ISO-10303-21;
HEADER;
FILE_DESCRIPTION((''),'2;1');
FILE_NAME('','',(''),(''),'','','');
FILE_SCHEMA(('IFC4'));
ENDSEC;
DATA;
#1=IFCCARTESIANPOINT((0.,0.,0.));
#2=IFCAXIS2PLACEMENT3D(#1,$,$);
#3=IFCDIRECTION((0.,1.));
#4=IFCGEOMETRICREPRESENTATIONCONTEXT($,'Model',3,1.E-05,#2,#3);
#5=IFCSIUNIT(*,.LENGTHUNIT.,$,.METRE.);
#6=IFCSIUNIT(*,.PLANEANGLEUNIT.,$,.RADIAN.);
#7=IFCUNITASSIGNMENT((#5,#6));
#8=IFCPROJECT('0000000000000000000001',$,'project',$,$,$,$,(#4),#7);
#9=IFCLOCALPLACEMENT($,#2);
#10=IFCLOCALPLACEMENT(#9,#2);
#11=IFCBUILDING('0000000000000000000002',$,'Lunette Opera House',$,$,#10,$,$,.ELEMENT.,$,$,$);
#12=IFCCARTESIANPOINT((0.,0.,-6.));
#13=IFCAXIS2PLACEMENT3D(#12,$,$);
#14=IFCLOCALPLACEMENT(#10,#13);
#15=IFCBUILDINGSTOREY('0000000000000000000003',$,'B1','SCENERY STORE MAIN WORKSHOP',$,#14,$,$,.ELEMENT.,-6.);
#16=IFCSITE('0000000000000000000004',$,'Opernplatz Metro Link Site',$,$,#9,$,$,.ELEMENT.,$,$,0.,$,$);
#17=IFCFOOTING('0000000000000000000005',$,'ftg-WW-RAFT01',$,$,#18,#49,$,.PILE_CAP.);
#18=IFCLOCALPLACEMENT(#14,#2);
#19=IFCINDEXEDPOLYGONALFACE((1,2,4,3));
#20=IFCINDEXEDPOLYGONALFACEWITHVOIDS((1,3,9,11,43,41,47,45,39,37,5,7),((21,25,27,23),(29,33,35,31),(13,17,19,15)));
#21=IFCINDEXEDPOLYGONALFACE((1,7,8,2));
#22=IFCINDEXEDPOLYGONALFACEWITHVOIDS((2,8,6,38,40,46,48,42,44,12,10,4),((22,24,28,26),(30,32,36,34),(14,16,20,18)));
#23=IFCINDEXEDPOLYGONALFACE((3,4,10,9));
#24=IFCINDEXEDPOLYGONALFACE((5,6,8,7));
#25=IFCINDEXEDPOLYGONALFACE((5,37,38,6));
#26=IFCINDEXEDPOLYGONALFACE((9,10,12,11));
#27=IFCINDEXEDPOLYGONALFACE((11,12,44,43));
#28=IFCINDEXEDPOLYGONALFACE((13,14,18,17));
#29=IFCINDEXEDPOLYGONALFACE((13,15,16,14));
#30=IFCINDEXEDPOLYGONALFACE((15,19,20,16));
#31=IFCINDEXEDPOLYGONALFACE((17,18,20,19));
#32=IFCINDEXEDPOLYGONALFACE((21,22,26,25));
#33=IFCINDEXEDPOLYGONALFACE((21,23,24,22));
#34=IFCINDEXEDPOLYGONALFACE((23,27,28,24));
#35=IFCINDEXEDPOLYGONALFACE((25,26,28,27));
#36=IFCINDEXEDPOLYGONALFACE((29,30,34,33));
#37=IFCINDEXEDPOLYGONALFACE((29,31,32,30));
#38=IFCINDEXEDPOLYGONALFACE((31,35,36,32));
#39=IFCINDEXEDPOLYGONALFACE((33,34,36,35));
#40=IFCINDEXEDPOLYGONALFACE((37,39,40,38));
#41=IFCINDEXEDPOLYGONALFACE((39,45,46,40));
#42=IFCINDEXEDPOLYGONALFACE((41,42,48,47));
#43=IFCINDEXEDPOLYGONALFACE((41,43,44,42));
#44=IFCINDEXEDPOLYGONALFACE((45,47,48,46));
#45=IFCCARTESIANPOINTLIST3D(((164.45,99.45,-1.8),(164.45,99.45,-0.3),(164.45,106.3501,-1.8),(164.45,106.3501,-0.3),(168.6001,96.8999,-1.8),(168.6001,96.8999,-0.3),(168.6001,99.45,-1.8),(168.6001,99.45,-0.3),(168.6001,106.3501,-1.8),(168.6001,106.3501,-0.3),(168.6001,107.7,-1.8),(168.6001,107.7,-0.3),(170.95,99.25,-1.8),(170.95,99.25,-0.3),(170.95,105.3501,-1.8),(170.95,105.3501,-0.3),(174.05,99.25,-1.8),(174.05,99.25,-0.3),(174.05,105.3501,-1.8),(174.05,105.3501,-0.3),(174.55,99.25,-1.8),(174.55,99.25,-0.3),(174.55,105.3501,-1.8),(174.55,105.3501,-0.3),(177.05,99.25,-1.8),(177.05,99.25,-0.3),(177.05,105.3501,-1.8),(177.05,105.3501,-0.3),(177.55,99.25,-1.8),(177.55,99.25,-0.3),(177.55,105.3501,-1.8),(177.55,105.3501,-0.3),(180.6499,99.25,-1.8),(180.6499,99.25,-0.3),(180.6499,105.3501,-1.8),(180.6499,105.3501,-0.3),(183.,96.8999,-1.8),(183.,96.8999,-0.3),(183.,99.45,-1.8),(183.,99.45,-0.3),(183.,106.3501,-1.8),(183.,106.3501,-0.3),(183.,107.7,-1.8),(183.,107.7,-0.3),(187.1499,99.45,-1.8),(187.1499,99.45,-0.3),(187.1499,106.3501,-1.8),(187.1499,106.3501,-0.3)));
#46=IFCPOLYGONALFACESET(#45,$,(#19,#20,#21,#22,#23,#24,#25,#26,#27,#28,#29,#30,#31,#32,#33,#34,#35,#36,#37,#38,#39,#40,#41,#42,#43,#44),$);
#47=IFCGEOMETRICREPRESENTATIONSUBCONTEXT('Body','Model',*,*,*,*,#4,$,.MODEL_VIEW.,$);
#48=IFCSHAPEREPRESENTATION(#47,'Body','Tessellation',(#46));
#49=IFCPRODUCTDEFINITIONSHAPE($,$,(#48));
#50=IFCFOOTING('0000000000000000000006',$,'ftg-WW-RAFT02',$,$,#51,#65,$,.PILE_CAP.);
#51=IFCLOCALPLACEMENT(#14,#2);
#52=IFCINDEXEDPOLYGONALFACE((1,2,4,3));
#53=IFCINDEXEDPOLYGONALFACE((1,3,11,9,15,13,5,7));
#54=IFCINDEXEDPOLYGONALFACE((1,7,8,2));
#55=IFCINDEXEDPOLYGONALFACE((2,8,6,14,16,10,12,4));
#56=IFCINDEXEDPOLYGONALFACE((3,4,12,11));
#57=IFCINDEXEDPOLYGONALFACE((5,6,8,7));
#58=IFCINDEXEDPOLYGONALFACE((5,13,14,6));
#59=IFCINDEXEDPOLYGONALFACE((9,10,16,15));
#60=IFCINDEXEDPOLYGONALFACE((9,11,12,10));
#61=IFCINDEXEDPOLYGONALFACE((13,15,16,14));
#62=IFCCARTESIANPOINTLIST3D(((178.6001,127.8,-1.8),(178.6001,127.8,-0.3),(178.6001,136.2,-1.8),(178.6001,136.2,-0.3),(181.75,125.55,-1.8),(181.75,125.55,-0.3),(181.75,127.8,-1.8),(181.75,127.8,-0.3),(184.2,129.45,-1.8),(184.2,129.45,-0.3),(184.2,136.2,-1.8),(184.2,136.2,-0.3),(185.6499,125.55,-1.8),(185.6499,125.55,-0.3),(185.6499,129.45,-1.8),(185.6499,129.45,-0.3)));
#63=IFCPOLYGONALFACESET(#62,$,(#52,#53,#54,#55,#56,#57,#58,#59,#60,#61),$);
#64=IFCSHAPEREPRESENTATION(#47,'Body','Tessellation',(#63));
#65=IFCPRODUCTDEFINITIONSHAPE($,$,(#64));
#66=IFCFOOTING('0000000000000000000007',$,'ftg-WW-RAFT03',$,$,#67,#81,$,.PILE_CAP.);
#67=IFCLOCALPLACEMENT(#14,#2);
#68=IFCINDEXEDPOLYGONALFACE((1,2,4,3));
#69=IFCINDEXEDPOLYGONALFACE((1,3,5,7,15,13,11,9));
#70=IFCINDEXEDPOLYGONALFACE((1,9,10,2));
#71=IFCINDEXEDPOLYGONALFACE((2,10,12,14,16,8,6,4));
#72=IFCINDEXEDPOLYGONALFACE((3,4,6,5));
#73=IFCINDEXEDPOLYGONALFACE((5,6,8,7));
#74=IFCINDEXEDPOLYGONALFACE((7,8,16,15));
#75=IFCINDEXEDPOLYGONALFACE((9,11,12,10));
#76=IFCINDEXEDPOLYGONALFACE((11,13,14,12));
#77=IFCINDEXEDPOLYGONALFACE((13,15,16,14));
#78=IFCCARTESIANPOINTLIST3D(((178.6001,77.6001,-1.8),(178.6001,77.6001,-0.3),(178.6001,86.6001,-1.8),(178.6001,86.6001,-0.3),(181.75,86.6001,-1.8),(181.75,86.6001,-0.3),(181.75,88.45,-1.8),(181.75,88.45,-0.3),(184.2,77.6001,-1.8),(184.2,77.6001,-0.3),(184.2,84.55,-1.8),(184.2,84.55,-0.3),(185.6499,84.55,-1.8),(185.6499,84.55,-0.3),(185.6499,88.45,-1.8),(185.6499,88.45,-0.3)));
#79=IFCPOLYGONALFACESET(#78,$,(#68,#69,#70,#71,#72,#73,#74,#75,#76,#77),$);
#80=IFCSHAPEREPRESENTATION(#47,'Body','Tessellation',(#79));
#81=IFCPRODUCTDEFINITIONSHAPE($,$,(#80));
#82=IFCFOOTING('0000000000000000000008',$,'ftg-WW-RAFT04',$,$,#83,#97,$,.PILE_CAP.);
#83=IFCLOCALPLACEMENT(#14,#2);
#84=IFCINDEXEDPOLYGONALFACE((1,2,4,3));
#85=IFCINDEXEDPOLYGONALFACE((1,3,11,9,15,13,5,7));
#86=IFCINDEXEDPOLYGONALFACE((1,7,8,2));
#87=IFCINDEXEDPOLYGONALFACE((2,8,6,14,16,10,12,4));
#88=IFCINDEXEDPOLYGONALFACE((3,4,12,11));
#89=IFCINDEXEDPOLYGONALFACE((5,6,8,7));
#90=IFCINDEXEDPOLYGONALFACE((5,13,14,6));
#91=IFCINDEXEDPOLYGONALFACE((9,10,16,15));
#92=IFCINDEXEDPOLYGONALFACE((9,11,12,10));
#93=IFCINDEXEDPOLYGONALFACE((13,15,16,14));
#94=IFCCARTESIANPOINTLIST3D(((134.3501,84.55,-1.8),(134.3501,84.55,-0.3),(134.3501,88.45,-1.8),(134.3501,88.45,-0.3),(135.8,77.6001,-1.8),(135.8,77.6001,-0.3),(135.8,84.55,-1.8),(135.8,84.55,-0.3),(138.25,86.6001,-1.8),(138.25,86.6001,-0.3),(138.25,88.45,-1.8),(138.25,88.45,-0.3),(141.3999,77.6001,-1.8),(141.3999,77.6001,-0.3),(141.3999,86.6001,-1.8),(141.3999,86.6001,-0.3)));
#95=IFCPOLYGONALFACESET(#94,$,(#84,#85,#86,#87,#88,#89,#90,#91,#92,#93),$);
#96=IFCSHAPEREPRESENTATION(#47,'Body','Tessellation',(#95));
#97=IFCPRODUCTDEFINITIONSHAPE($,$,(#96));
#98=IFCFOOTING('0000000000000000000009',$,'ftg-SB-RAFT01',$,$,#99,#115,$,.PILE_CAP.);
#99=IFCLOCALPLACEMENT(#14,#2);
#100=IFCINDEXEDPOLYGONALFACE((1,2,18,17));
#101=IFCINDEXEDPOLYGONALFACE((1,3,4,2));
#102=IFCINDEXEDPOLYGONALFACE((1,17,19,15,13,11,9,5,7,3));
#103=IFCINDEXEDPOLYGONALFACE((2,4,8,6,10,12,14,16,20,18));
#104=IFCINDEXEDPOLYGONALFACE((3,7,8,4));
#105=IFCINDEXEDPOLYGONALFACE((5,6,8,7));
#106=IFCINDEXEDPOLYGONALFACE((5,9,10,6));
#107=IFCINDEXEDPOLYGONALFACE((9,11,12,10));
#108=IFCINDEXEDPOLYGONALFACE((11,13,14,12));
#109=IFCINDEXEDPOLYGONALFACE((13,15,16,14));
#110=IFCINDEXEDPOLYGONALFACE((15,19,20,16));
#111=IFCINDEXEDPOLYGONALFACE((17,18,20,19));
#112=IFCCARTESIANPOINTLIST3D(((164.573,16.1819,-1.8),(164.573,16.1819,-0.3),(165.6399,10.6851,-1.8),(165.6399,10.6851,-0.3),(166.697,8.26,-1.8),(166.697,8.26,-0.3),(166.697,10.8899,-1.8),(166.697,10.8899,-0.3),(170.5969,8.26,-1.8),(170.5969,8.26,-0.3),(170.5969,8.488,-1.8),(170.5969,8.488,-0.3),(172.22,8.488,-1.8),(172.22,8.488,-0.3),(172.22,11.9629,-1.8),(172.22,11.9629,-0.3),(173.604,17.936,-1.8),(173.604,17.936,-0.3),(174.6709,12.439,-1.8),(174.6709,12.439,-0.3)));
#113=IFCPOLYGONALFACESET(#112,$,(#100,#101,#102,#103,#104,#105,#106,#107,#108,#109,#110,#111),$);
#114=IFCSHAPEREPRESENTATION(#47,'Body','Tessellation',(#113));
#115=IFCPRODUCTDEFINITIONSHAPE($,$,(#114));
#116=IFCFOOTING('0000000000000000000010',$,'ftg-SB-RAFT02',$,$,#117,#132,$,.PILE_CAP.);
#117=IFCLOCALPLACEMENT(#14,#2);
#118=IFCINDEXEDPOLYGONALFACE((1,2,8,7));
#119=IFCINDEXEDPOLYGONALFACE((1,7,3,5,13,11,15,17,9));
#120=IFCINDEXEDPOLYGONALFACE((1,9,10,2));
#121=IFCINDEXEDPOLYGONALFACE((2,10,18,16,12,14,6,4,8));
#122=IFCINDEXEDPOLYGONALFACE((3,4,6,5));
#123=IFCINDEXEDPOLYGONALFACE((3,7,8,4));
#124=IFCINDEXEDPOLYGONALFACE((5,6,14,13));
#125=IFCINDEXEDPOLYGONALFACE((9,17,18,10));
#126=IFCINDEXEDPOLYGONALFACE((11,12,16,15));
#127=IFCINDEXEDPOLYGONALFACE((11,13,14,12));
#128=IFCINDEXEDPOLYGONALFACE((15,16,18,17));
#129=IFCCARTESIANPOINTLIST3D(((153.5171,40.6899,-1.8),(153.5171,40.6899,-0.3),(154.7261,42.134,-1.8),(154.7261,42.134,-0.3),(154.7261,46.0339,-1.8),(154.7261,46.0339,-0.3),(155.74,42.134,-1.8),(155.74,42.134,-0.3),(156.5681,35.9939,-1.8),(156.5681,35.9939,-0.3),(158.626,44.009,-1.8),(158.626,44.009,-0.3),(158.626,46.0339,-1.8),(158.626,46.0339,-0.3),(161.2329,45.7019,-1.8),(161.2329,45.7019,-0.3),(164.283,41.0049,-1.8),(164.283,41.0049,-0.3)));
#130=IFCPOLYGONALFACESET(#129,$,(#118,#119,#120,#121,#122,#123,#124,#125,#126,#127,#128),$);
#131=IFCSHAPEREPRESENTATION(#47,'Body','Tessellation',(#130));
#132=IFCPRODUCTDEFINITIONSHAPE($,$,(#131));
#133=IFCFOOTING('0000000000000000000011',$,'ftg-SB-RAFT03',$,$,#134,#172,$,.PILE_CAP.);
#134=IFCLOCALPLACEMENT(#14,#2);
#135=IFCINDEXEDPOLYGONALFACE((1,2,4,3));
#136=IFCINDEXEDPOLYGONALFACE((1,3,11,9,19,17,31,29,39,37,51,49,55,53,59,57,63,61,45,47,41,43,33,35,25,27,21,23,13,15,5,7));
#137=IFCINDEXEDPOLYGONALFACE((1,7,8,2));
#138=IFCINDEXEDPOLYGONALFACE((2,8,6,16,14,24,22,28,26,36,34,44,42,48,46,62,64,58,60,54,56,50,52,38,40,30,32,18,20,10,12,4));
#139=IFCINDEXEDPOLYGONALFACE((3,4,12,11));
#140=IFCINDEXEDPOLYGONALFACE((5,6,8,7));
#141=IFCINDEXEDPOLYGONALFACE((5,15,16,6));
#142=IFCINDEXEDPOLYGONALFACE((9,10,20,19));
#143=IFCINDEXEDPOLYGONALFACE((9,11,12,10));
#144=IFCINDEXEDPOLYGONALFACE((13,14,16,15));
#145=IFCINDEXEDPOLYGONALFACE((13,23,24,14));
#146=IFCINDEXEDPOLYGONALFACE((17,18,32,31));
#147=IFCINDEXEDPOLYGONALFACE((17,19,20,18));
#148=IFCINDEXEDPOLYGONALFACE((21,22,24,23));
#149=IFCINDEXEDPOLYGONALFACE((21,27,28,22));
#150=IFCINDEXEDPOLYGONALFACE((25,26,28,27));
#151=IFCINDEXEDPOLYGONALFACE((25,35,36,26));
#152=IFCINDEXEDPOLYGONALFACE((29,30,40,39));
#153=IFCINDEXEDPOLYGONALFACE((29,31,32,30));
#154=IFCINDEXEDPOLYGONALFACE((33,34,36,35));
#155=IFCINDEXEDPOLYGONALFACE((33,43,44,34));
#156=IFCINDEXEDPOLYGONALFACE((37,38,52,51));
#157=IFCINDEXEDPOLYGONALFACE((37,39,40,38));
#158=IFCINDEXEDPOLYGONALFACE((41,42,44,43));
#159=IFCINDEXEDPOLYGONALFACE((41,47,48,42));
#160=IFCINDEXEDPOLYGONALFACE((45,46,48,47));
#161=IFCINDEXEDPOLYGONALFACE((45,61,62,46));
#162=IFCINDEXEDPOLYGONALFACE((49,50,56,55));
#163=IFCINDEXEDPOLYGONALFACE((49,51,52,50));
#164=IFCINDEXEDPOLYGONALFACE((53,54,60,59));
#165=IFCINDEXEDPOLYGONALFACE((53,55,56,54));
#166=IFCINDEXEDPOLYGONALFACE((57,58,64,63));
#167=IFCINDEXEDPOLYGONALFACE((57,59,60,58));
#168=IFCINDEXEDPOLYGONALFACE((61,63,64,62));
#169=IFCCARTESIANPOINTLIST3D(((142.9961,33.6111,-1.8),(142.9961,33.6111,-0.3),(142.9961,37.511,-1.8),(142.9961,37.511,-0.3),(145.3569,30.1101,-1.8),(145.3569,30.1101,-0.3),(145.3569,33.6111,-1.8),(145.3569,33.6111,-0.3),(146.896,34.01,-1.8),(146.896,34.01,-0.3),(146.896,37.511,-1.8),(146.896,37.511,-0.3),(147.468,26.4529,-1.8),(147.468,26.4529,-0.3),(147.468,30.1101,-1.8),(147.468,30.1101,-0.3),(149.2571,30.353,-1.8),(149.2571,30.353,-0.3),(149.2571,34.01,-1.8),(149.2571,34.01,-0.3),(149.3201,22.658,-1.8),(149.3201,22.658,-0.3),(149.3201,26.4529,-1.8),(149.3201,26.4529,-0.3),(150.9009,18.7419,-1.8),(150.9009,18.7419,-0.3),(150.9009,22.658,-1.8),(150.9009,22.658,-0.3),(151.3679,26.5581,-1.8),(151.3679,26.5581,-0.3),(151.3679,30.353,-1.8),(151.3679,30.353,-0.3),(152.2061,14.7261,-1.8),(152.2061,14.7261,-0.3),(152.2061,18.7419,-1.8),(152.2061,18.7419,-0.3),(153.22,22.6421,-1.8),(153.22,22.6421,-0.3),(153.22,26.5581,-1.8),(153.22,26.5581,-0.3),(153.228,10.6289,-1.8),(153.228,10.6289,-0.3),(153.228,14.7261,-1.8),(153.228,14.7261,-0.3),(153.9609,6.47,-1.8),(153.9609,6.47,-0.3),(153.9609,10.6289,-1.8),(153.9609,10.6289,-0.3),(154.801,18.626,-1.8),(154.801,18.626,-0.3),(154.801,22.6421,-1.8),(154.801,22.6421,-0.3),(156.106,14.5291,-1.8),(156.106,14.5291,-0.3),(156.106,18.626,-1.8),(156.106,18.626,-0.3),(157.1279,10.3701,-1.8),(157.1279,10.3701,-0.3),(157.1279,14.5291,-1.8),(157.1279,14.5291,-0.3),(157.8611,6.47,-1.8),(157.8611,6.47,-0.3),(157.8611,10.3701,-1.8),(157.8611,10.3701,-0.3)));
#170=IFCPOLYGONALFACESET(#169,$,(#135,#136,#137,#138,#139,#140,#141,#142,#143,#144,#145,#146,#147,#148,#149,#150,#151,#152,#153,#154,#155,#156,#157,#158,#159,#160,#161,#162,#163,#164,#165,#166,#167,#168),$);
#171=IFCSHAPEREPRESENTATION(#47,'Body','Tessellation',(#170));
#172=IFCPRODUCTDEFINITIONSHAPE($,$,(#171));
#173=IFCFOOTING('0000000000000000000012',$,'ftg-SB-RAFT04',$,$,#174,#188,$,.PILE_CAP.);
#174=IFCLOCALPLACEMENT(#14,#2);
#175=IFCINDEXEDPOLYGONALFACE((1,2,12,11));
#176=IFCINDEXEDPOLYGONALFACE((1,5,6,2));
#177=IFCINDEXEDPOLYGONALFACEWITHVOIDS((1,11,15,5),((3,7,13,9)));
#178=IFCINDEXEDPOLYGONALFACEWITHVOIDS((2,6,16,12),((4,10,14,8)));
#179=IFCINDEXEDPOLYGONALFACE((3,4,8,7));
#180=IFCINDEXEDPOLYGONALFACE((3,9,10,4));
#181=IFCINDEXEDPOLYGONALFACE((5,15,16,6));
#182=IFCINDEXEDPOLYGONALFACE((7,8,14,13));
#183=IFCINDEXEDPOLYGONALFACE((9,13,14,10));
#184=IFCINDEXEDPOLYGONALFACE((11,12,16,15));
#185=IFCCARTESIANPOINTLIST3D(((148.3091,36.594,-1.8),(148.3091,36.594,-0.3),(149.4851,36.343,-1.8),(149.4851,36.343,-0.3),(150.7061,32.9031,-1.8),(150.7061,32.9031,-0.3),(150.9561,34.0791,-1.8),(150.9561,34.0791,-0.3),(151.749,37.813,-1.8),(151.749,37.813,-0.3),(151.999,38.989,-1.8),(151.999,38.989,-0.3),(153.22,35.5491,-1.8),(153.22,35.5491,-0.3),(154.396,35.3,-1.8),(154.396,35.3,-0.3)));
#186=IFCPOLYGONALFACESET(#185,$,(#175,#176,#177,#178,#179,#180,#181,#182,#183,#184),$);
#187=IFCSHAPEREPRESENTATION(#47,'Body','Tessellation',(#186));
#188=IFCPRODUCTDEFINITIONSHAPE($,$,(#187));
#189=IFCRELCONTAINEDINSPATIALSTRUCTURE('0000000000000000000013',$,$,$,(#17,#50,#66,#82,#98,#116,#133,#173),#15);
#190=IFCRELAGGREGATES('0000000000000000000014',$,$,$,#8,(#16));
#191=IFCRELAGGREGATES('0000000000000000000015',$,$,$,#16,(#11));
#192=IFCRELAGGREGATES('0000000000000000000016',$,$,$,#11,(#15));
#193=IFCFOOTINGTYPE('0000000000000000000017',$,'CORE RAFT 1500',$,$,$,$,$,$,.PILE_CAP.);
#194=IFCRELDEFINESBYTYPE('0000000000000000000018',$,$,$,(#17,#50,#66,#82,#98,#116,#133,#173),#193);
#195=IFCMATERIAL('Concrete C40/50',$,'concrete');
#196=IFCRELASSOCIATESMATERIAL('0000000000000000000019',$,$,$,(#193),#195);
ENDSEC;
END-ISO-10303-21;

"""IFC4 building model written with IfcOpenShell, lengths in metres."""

from ifc_helpers import new_model, si_unit, direction, frame, origin, place, context, subcontext, project, spatial, polyline, outline, extrude, material, type_object, element, save


model = new_model("IFC4")

# Units and contexts
model_context = context("Model", 3, precision=1e-05, world=origin(), true_north=direction((0.0, 1.0)))
body_context = subcontext(model_context, "Body", "Model", "MODEL_VIEW")
ifc_project = project(units=[si_unit("LENGTHUNIT", "METRE"), si_unit("PLANEANGLEUNIT", "RADIAN")], contexts=[model_context])

# Site, building, storey
site_placement = place(None, origin())
site = spatial("IfcSite", under=ifc_project, at=site_placement, Name="Opernplatz Metro Link Site", CompositionType="ELEMENT", RefElevation=0.0)
building_placement = place(site_placement, origin())
building = spatial("IfcBuilding", under=site, at=building_placement, Name="Lunette Opera House", CompositionType="ELEMENT")
storey_placement = place(building_placement, frame((0.0, 0.0, -6.0)))
storey = spatial("IfcBuildingStorey", under=building, at=storey_placement, Name="B1", Description="SCENERY STORE MAIN WORKSHOP", CompositionType="ELEMENT", Elevation=-6.0)

# Footings
ifc_material_1 = material(Name="Concrete C40/50", Category="concrete")
footing_type_1 = type_object("IfcFootingType", Name="CORE RAFT 1500", PredefinedType="PILE_CAP", material=ifc_material_1)
footing_1_placement = place(storey_placement, frame((0.0, 0.0, -1.8)))
element("IfcFooting", 1, at=footing_1_placement, inside=storey, type_object=footing_type_1, Name="ftg-WW-RAFT01", PredefinedType="PILE_CAP", context=body_context, shape_type="SweptSolid", body=[
    extrude(outline(polyline([(168.6001, 106.3501), (164.45, 106.3501), (164.45, 99.45), (168.6001, 99.45), (168.6001, 96.8999), (183.0, 96.8999), (183.0, 99.45), (187.1499, 99.45), (187.1499, 106.3501), (183.0, 106.3501), (183.0, 107.7), (168.6001, 107.7), (168.6001, 106.3501)]), holes=[polyline([(174.05, 99.25), (170.95, 99.25), (170.95, 105.3501), (174.05, 105.3501), (174.05, 99.25)]), polyline([(174.55, 105.3501), (177.05, 105.3501), (177.05, 99.25), (174.55, 99.25), (174.55, 105.3501)]), polyline([(177.55, 105.3501), (180.6499, 105.3501), (180.6499, 99.25), (177.55, 99.25), (177.55, 105.3501)])]), origin(), (0.0, 0.0, 1.0), 1.5),
])
footing_2_placement = place(storey_placement, frame((0.0, 0.0, -1.8)))
element("IfcFooting", 2, at=footing_2_placement, inside=storey, type_object=footing_type_1, Name="ftg-WW-RAFT02", PredefinedType="PILE_CAP", context=body_context, shape_type="SweptSolid", body=[
    extrude(outline(polyline([(178.6001, 136.2), (178.6001, 127.8), (181.75, 127.8), (181.75, 125.55), (185.6499, 125.55), (185.6499, 129.45), (184.2, 129.45), (184.2, 136.2), (178.6001, 136.2)])), origin(), (0.0, 0.0, 1.0), 1.5),
])
footing_3_placement = place(storey_placement, frame((0.0, 0.0, -1.8)))
element("IfcFooting", 3, at=footing_3_placement, inside=storey, type_object=footing_type_1, Name="ftg-WW-RAFT03", PredefinedType="PILE_CAP", context=body_context, shape_type="SweptSolid", body=[
    extrude(outline(polyline([(181.75, 88.45), (181.75, 86.6001), (178.6001, 86.6001), (178.6001, 77.6001), (184.2, 77.6001), (184.2, 84.55), (185.6499, 84.55), (185.6499, 88.45), (181.75, 88.45)])), origin(), (0.0, 0.0, 1.0), 1.5),
])
footing_4_placement = place(storey_placement, frame((0.0, 0.0, -1.8)))
element("IfcFooting", 4, at=footing_4_placement, inside=storey, type_object=footing_type_1, Name="ftg-WW-RAFT04", PredefinedType="PILE_CAP", context=body_context, shape_type="SweptSolid", body=[
    extrude(outline(polyline([(134.3501, 84.55), (135.8, 84.55), (135.8, 77.6001), (141.3999, 77.6001), (141.3999, 86.6001), (138.25, 86.6001), (138.25, 88.45), (134.3501, 88.45), (134.3501, 84.55)])), origin(), (0.0, 0.0, 1.0), 1.5),
])
footing_5_placement = place(storey_placement, frame((0.0, 0.0, -1.8)))
element("IfcFooting", 5, at=footing_5_placement, inside=storey, type_object=footing_type_1, Name="ftg-SB-RAFT01", PredefinedType="PILE_CAP", context=body_context, shape_type="SweptSolid", body=[
    extrude(outline(polyline([(170.5969, 8.26), (170.5969, 8.488), (172.22, 8.488), (172.22, 11.9629), (174.6709, 12.439), (173.604, 17.936), (164.573, 16.1819), (165.6399, 10.6851), (166.697, 10.8899), (166.697, 8.26), (170.5969, 8.26)])), origin(), (0.0, 0.0, 1.0), 1.5),
])
footing_6_placement = place(storey_placement, frame((0.0, 0.0, -1.8)))
element("IfcFooting", 6, at=footing_6_placement, inside=storey, type_object=footing_type_1, Name="ftg-SB-RAFT02", PredefinedType="PILE_CAP", context=body_context, shape_type="SweptSolid", body=[
    extrude(outline(polyline([(158.626, 46.0339), (154.7261, 46.0339), (154.7261, 42.134), (155.74, 42.134), (153.5171, 40.6899), (156.5681, 35.9939), (164.283, 41.0049), (161.2329, 45.7019), (158.626, 44.009), (158.626, 46.0339)])), origin(), (0.0, 0.0, 1.0), 1.5),
])
footing_7_placement = place(storey_placement, frame((0.0, 0.0, -1.8)))
element("IfcFooting", 7, at=footing_7_placement, inside=storey, type_object=footing_type_1, Name="ftg-SB-RAFT03", PredefinedType="PILE_CAP", context=body_context, shape_type="SweptSolid", body=[
    extrude(outline(polyline([(149.2571, 34.01), (146.896, 34.01), (146.896, 37.511), (142.9961, 37.511), (142.9961, 33.6111), (145.3569, 33.6111), (145.3569, 30.1101), (147.468, 30.1101), (147.468, 26.4529), (149.3201, 26.4529), (149.3201, 22.658), (150.9009, 22.658), (150.9009, 18.7419), (152.2061, 18.7419), (152.2061, 14.7261), (153.228, 14.7261), (153.228, 10.6289), (153.9609, 10.6289), (153.9609, 6.47), (157.8611, 6.47), (157.8611, 10.3701), (157.1279, 10.3701), (157.1279, 14.5291), (156.106, 14.5291), (156.106, 18.626), (154.801, 18.626), (154.801, 22.6421), (153.22, 22.6421), (153.22, 26.5581), (151.3679, 26.5581), (151.3679, 30.353), (149.2571, 30.353), (149.2571, 34.01)])), origin(), (0.0, 0.0, 1.0), 1.5),
])
footing_8_placement = place(storey_placement, frame((0.0, 0.0, -1.8)))
element("IfcFooting", 8, at=footing_8_placement, inside=storey, type_object=footing_type_1, Name="ftg-SB-RAFT04", PredefinedType="PILE_CAP", context=body_context, shape_type="SweptSolid", body=[
    extrude(outline(polyline([(148.3091, 36.594), (150.7061, 32.9031), (154.396, 35.3), (151.999, 38.989), (148.3091, 36.594)]), holes=[polyline([(150.9561, 34.0791), (149.4851, 36.343), (151.749, 37.813), (153.22, 35.5491), (150.9561, 34.0791)])]), origin(), (0.0, 0.0, 1.0), 1.5),
])

save(model, "model.ifc")
